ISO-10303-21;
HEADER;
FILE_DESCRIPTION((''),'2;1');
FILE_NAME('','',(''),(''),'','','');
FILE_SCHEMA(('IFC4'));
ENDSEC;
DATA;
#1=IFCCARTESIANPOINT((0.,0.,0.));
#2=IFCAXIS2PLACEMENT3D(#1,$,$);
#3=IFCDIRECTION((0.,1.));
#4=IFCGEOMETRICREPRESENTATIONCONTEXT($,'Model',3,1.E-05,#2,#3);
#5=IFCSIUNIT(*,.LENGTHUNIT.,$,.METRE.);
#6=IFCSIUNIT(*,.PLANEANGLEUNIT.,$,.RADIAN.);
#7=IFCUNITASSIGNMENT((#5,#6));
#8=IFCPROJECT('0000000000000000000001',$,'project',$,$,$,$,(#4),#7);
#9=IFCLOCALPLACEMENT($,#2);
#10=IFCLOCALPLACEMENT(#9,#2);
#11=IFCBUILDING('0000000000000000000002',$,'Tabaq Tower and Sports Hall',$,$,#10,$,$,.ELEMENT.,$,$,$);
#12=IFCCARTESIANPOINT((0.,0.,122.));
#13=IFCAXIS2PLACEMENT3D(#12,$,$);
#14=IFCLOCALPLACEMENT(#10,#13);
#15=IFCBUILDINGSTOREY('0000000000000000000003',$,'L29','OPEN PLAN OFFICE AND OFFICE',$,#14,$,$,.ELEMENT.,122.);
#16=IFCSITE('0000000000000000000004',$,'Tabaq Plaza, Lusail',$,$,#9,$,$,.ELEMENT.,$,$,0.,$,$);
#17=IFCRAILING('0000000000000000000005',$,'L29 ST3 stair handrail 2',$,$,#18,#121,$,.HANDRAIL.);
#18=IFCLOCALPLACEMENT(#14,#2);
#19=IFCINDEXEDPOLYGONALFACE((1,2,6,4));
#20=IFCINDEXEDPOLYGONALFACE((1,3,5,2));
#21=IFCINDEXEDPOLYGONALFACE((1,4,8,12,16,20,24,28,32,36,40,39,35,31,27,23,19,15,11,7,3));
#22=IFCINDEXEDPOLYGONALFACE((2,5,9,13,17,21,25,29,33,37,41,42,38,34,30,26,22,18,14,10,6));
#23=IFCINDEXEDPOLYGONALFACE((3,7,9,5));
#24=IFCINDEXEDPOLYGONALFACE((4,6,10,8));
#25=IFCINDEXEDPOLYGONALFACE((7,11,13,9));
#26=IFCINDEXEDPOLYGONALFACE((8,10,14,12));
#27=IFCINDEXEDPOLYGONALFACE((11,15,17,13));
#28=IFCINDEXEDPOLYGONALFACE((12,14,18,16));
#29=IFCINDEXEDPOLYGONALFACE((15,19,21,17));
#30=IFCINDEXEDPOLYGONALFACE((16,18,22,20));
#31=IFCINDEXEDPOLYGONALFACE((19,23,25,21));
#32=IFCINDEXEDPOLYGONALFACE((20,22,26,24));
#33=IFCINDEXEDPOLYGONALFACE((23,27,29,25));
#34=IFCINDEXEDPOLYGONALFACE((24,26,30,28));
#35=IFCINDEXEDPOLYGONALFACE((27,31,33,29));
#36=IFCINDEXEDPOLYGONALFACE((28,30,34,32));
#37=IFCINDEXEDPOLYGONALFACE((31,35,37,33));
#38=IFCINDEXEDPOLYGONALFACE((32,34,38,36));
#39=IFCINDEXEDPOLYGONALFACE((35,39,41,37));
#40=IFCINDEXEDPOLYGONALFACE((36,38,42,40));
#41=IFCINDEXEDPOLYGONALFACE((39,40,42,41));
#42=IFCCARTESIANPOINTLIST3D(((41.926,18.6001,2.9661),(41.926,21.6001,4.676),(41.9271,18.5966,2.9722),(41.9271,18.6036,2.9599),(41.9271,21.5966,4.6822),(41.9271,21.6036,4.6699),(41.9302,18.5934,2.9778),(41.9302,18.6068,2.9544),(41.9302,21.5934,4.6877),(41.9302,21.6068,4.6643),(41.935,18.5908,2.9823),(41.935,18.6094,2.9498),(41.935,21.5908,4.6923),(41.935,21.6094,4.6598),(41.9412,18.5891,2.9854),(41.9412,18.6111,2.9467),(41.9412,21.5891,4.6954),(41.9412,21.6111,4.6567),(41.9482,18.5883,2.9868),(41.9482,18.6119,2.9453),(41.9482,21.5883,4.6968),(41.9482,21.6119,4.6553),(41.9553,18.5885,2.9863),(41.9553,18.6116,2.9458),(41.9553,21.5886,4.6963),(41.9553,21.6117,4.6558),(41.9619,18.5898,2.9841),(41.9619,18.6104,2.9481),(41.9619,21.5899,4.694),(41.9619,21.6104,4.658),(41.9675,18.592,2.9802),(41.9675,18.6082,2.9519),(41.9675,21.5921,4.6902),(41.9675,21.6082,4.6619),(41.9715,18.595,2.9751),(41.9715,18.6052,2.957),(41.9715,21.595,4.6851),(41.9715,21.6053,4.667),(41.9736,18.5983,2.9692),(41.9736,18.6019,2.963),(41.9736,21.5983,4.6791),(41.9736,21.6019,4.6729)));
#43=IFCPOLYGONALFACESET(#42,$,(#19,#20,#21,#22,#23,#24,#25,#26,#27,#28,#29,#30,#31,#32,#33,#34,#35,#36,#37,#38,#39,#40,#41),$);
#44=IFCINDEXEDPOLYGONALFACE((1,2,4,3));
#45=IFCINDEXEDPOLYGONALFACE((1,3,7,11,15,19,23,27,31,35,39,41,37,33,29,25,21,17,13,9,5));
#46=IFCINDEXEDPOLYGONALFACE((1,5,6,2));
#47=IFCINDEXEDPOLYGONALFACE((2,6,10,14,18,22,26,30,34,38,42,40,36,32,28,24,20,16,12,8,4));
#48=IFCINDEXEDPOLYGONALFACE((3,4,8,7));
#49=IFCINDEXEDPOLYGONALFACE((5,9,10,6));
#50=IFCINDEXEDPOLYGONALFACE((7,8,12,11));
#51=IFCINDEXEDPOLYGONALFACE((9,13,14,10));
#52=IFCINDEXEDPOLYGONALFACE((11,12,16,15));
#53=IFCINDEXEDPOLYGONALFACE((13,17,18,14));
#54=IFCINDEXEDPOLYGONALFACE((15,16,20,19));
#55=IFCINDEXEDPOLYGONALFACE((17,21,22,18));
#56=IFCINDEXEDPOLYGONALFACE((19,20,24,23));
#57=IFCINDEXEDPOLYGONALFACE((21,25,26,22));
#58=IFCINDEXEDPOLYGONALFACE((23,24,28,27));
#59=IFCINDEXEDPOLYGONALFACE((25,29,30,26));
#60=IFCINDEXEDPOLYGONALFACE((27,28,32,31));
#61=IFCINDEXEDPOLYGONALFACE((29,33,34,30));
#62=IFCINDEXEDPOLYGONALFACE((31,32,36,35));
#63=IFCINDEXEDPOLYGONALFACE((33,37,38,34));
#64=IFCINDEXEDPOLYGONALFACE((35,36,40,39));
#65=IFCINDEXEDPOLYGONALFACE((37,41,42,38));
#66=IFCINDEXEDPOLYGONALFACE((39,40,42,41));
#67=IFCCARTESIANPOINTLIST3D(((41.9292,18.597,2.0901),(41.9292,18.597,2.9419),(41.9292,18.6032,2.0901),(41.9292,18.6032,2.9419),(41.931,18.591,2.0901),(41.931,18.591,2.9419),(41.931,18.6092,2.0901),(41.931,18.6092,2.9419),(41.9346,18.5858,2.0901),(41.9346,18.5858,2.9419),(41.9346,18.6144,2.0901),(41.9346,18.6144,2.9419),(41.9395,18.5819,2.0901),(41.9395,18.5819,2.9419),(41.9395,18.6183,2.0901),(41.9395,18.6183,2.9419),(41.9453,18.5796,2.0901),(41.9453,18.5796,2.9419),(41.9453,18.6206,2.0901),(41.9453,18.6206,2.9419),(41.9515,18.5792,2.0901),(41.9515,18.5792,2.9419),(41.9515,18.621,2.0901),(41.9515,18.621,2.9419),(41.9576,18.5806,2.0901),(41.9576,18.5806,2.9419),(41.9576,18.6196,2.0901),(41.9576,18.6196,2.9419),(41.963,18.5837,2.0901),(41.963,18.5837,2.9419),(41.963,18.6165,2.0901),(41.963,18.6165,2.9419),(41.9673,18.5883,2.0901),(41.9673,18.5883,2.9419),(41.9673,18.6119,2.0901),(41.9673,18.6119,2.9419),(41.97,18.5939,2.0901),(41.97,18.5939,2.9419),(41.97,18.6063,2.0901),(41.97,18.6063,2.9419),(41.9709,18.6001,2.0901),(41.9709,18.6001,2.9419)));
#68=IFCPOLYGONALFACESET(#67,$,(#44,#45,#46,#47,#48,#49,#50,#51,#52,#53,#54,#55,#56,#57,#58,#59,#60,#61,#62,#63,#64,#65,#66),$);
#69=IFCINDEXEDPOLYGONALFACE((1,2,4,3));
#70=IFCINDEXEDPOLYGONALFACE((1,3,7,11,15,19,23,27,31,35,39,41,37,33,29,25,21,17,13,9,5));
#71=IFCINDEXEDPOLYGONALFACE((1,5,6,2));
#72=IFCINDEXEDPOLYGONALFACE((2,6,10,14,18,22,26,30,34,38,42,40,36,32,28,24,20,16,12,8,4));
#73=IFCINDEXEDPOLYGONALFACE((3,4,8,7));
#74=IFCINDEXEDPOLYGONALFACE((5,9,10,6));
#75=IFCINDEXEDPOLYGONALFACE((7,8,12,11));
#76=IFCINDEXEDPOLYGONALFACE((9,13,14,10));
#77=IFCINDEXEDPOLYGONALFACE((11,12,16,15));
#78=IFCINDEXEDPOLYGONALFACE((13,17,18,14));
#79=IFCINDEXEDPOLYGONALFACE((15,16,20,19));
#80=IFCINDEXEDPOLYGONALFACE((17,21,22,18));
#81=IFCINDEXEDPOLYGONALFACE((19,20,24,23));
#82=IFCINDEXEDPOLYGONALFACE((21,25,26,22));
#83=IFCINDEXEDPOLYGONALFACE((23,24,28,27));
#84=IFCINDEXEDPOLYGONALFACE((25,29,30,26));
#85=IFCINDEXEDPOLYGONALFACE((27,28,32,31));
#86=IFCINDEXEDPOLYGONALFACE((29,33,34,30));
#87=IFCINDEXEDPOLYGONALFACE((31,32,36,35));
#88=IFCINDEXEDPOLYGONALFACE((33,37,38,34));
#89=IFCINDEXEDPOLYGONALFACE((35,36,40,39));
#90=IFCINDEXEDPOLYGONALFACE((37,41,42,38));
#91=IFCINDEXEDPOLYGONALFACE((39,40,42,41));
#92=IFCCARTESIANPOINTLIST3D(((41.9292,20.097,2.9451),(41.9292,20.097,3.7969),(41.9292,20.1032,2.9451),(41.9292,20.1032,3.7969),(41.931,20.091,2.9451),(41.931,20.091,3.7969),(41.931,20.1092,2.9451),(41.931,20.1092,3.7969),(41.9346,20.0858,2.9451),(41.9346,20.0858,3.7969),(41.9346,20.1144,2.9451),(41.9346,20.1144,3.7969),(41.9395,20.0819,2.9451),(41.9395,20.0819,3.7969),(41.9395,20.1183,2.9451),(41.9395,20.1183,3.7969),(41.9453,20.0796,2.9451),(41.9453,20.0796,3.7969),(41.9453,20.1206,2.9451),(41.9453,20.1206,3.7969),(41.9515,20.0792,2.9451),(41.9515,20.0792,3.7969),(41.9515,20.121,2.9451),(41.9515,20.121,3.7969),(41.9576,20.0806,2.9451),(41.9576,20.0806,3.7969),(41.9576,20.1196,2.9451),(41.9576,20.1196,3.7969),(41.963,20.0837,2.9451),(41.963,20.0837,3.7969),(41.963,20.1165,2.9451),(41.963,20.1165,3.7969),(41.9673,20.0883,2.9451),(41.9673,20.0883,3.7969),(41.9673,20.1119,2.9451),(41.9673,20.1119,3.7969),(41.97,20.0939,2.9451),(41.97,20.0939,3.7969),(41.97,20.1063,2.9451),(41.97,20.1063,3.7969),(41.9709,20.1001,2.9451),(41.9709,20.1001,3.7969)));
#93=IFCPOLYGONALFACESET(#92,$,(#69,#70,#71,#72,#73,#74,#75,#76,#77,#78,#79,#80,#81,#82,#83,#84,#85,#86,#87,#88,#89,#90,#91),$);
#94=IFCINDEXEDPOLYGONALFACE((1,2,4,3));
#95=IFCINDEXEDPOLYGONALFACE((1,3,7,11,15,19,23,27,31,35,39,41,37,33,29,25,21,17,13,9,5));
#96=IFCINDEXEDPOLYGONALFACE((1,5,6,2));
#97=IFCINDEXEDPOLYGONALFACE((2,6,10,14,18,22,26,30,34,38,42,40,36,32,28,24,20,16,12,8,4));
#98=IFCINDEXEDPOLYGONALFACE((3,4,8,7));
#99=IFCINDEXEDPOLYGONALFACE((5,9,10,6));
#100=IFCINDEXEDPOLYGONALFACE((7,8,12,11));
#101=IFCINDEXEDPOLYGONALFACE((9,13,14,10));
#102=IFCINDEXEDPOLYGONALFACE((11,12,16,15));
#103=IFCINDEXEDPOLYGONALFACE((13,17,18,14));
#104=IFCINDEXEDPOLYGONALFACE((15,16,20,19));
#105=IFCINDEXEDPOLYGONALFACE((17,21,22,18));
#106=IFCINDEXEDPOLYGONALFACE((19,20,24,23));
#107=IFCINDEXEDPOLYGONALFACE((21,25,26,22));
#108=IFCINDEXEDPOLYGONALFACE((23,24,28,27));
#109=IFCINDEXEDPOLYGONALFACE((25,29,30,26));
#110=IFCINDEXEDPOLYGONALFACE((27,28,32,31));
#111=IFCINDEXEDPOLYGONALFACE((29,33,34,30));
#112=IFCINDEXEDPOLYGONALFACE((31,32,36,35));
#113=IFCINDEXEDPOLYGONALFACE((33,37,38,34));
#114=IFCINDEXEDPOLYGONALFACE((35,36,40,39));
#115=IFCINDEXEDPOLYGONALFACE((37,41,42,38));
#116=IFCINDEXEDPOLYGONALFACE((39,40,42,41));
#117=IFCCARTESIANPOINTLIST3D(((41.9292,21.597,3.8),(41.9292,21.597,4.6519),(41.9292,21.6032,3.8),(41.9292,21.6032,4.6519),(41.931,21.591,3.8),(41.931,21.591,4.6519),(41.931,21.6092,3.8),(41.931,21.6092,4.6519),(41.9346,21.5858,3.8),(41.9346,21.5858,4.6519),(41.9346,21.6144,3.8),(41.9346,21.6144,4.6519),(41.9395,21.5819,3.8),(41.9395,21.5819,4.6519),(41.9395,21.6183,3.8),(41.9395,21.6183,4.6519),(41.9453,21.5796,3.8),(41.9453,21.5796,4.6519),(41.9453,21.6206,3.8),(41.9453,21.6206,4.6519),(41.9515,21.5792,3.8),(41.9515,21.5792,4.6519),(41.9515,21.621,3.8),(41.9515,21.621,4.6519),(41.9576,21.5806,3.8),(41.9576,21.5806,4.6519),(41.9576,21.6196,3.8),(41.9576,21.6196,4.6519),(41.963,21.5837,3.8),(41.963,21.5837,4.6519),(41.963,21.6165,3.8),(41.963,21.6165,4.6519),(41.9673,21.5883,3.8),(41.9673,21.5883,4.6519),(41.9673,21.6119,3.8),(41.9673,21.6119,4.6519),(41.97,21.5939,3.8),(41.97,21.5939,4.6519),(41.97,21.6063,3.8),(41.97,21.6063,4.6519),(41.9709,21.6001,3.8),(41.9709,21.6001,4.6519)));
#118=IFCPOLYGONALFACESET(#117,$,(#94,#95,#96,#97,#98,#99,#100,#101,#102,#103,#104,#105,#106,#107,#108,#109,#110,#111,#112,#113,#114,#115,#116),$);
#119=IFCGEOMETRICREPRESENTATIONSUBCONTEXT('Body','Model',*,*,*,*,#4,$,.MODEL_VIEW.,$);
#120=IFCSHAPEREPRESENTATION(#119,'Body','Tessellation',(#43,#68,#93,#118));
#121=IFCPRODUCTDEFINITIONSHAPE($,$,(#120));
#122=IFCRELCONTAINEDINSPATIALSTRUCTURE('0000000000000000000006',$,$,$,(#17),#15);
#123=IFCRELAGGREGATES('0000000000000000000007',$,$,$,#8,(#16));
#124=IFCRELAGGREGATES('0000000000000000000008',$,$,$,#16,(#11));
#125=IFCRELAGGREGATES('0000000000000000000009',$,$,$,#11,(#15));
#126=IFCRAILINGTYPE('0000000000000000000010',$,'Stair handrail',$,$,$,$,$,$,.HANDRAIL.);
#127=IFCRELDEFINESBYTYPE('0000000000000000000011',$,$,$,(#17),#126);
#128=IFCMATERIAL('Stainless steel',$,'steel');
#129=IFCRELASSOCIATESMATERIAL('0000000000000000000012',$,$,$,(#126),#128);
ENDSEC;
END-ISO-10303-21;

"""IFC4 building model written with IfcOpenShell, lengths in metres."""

from ifc_helpers import new_model, si_unit, direction, frame, origin, origin_2d, place, context, subcontext, project, spatial, circle, extrude, material, type_object, element, save


model = new_model("IFC4")

# Units and contexts
model_context = context("Model", 3, precision=1e-05, world=origin(), true_north=direction((0.0, 1.0)))
body_context = subcontext(model_context, "Body", "Model", "MODEL_VIEW")
ifc_project = project(units=[si_unit("LENGTHUNIT", "METRE"), si_unit("PLANEANGLEUNIT", "RADIAN")], contexts=[model_context])

# Site, building, storey
site_placement = place(None, origin())
site = spatial("IfcSite", under=ifc_project, at=site_placement, Name="Tabaq Plaza, Lusail", CompositionType="ELEMENT", RefElevation=0.0)
building_placement = place(site_placement, origin())
building = spatial("IfcBuilding", under=site, at=building_placement, Name="Tabaq Tower and Sports Hall", CompositionType="ELEMENT")
storey_placement = place(building_placement, frame((0.0, 0.0, 122.0)))
storey = spatial("IfcBuildingStorey", under=building, at=storey_placement, Name="L29", Description="OPEN PLAN OFFICE AND OFFICE", CompositionType="ELEMENT", Elevation=122.0)

# Railing
ifc_material_1 = material(Name="Stainless steel", Category="steel")
railing_type_1 = type_object("IfcRailingType", Name="Stair handrail", PredefinedType="HANDRAIL", material=ifc_material_1)
railing_1_placement = place(storey_placement, frame((41.95, 18.6001, 2.0901)))
element("IfcRailing", 1, at=railing_1_placement, inside=storey, type_object=railing_type_1, Name="L29 ST3 stair handrail 2", PredefinedType="HANDRAIL", context=body_context, shape_type="SweptSolid", body=[
    extrude(circle(Radius=0.0239, at=origin_2d()), frame((0.0, 0.0, 0.876), z_axis=(0.0, 0.868782, 0.495195), x_axis=(-1.0, 0.0, 0.0)), (0.0, 0.0, 1.0), 3.4531),
    extrude(circle(Radius=0.021, at=origin_2d()), origin(), (0.0, 0.0, 1.0), 0.8518),
    extrude(circle(Radius=0.021, at=origin_2d()), frame((0.0, 1.5, 0.855)), (0.0, 0.0, 1.0), 0.8518),
    extrude(circle(Radius=0.021, at=origin_2d()), frame((0.0, 3.0, 1.71)), (0.0, 0.0, 1.0), 0.8518),
])

save(model, "model.ifc")
